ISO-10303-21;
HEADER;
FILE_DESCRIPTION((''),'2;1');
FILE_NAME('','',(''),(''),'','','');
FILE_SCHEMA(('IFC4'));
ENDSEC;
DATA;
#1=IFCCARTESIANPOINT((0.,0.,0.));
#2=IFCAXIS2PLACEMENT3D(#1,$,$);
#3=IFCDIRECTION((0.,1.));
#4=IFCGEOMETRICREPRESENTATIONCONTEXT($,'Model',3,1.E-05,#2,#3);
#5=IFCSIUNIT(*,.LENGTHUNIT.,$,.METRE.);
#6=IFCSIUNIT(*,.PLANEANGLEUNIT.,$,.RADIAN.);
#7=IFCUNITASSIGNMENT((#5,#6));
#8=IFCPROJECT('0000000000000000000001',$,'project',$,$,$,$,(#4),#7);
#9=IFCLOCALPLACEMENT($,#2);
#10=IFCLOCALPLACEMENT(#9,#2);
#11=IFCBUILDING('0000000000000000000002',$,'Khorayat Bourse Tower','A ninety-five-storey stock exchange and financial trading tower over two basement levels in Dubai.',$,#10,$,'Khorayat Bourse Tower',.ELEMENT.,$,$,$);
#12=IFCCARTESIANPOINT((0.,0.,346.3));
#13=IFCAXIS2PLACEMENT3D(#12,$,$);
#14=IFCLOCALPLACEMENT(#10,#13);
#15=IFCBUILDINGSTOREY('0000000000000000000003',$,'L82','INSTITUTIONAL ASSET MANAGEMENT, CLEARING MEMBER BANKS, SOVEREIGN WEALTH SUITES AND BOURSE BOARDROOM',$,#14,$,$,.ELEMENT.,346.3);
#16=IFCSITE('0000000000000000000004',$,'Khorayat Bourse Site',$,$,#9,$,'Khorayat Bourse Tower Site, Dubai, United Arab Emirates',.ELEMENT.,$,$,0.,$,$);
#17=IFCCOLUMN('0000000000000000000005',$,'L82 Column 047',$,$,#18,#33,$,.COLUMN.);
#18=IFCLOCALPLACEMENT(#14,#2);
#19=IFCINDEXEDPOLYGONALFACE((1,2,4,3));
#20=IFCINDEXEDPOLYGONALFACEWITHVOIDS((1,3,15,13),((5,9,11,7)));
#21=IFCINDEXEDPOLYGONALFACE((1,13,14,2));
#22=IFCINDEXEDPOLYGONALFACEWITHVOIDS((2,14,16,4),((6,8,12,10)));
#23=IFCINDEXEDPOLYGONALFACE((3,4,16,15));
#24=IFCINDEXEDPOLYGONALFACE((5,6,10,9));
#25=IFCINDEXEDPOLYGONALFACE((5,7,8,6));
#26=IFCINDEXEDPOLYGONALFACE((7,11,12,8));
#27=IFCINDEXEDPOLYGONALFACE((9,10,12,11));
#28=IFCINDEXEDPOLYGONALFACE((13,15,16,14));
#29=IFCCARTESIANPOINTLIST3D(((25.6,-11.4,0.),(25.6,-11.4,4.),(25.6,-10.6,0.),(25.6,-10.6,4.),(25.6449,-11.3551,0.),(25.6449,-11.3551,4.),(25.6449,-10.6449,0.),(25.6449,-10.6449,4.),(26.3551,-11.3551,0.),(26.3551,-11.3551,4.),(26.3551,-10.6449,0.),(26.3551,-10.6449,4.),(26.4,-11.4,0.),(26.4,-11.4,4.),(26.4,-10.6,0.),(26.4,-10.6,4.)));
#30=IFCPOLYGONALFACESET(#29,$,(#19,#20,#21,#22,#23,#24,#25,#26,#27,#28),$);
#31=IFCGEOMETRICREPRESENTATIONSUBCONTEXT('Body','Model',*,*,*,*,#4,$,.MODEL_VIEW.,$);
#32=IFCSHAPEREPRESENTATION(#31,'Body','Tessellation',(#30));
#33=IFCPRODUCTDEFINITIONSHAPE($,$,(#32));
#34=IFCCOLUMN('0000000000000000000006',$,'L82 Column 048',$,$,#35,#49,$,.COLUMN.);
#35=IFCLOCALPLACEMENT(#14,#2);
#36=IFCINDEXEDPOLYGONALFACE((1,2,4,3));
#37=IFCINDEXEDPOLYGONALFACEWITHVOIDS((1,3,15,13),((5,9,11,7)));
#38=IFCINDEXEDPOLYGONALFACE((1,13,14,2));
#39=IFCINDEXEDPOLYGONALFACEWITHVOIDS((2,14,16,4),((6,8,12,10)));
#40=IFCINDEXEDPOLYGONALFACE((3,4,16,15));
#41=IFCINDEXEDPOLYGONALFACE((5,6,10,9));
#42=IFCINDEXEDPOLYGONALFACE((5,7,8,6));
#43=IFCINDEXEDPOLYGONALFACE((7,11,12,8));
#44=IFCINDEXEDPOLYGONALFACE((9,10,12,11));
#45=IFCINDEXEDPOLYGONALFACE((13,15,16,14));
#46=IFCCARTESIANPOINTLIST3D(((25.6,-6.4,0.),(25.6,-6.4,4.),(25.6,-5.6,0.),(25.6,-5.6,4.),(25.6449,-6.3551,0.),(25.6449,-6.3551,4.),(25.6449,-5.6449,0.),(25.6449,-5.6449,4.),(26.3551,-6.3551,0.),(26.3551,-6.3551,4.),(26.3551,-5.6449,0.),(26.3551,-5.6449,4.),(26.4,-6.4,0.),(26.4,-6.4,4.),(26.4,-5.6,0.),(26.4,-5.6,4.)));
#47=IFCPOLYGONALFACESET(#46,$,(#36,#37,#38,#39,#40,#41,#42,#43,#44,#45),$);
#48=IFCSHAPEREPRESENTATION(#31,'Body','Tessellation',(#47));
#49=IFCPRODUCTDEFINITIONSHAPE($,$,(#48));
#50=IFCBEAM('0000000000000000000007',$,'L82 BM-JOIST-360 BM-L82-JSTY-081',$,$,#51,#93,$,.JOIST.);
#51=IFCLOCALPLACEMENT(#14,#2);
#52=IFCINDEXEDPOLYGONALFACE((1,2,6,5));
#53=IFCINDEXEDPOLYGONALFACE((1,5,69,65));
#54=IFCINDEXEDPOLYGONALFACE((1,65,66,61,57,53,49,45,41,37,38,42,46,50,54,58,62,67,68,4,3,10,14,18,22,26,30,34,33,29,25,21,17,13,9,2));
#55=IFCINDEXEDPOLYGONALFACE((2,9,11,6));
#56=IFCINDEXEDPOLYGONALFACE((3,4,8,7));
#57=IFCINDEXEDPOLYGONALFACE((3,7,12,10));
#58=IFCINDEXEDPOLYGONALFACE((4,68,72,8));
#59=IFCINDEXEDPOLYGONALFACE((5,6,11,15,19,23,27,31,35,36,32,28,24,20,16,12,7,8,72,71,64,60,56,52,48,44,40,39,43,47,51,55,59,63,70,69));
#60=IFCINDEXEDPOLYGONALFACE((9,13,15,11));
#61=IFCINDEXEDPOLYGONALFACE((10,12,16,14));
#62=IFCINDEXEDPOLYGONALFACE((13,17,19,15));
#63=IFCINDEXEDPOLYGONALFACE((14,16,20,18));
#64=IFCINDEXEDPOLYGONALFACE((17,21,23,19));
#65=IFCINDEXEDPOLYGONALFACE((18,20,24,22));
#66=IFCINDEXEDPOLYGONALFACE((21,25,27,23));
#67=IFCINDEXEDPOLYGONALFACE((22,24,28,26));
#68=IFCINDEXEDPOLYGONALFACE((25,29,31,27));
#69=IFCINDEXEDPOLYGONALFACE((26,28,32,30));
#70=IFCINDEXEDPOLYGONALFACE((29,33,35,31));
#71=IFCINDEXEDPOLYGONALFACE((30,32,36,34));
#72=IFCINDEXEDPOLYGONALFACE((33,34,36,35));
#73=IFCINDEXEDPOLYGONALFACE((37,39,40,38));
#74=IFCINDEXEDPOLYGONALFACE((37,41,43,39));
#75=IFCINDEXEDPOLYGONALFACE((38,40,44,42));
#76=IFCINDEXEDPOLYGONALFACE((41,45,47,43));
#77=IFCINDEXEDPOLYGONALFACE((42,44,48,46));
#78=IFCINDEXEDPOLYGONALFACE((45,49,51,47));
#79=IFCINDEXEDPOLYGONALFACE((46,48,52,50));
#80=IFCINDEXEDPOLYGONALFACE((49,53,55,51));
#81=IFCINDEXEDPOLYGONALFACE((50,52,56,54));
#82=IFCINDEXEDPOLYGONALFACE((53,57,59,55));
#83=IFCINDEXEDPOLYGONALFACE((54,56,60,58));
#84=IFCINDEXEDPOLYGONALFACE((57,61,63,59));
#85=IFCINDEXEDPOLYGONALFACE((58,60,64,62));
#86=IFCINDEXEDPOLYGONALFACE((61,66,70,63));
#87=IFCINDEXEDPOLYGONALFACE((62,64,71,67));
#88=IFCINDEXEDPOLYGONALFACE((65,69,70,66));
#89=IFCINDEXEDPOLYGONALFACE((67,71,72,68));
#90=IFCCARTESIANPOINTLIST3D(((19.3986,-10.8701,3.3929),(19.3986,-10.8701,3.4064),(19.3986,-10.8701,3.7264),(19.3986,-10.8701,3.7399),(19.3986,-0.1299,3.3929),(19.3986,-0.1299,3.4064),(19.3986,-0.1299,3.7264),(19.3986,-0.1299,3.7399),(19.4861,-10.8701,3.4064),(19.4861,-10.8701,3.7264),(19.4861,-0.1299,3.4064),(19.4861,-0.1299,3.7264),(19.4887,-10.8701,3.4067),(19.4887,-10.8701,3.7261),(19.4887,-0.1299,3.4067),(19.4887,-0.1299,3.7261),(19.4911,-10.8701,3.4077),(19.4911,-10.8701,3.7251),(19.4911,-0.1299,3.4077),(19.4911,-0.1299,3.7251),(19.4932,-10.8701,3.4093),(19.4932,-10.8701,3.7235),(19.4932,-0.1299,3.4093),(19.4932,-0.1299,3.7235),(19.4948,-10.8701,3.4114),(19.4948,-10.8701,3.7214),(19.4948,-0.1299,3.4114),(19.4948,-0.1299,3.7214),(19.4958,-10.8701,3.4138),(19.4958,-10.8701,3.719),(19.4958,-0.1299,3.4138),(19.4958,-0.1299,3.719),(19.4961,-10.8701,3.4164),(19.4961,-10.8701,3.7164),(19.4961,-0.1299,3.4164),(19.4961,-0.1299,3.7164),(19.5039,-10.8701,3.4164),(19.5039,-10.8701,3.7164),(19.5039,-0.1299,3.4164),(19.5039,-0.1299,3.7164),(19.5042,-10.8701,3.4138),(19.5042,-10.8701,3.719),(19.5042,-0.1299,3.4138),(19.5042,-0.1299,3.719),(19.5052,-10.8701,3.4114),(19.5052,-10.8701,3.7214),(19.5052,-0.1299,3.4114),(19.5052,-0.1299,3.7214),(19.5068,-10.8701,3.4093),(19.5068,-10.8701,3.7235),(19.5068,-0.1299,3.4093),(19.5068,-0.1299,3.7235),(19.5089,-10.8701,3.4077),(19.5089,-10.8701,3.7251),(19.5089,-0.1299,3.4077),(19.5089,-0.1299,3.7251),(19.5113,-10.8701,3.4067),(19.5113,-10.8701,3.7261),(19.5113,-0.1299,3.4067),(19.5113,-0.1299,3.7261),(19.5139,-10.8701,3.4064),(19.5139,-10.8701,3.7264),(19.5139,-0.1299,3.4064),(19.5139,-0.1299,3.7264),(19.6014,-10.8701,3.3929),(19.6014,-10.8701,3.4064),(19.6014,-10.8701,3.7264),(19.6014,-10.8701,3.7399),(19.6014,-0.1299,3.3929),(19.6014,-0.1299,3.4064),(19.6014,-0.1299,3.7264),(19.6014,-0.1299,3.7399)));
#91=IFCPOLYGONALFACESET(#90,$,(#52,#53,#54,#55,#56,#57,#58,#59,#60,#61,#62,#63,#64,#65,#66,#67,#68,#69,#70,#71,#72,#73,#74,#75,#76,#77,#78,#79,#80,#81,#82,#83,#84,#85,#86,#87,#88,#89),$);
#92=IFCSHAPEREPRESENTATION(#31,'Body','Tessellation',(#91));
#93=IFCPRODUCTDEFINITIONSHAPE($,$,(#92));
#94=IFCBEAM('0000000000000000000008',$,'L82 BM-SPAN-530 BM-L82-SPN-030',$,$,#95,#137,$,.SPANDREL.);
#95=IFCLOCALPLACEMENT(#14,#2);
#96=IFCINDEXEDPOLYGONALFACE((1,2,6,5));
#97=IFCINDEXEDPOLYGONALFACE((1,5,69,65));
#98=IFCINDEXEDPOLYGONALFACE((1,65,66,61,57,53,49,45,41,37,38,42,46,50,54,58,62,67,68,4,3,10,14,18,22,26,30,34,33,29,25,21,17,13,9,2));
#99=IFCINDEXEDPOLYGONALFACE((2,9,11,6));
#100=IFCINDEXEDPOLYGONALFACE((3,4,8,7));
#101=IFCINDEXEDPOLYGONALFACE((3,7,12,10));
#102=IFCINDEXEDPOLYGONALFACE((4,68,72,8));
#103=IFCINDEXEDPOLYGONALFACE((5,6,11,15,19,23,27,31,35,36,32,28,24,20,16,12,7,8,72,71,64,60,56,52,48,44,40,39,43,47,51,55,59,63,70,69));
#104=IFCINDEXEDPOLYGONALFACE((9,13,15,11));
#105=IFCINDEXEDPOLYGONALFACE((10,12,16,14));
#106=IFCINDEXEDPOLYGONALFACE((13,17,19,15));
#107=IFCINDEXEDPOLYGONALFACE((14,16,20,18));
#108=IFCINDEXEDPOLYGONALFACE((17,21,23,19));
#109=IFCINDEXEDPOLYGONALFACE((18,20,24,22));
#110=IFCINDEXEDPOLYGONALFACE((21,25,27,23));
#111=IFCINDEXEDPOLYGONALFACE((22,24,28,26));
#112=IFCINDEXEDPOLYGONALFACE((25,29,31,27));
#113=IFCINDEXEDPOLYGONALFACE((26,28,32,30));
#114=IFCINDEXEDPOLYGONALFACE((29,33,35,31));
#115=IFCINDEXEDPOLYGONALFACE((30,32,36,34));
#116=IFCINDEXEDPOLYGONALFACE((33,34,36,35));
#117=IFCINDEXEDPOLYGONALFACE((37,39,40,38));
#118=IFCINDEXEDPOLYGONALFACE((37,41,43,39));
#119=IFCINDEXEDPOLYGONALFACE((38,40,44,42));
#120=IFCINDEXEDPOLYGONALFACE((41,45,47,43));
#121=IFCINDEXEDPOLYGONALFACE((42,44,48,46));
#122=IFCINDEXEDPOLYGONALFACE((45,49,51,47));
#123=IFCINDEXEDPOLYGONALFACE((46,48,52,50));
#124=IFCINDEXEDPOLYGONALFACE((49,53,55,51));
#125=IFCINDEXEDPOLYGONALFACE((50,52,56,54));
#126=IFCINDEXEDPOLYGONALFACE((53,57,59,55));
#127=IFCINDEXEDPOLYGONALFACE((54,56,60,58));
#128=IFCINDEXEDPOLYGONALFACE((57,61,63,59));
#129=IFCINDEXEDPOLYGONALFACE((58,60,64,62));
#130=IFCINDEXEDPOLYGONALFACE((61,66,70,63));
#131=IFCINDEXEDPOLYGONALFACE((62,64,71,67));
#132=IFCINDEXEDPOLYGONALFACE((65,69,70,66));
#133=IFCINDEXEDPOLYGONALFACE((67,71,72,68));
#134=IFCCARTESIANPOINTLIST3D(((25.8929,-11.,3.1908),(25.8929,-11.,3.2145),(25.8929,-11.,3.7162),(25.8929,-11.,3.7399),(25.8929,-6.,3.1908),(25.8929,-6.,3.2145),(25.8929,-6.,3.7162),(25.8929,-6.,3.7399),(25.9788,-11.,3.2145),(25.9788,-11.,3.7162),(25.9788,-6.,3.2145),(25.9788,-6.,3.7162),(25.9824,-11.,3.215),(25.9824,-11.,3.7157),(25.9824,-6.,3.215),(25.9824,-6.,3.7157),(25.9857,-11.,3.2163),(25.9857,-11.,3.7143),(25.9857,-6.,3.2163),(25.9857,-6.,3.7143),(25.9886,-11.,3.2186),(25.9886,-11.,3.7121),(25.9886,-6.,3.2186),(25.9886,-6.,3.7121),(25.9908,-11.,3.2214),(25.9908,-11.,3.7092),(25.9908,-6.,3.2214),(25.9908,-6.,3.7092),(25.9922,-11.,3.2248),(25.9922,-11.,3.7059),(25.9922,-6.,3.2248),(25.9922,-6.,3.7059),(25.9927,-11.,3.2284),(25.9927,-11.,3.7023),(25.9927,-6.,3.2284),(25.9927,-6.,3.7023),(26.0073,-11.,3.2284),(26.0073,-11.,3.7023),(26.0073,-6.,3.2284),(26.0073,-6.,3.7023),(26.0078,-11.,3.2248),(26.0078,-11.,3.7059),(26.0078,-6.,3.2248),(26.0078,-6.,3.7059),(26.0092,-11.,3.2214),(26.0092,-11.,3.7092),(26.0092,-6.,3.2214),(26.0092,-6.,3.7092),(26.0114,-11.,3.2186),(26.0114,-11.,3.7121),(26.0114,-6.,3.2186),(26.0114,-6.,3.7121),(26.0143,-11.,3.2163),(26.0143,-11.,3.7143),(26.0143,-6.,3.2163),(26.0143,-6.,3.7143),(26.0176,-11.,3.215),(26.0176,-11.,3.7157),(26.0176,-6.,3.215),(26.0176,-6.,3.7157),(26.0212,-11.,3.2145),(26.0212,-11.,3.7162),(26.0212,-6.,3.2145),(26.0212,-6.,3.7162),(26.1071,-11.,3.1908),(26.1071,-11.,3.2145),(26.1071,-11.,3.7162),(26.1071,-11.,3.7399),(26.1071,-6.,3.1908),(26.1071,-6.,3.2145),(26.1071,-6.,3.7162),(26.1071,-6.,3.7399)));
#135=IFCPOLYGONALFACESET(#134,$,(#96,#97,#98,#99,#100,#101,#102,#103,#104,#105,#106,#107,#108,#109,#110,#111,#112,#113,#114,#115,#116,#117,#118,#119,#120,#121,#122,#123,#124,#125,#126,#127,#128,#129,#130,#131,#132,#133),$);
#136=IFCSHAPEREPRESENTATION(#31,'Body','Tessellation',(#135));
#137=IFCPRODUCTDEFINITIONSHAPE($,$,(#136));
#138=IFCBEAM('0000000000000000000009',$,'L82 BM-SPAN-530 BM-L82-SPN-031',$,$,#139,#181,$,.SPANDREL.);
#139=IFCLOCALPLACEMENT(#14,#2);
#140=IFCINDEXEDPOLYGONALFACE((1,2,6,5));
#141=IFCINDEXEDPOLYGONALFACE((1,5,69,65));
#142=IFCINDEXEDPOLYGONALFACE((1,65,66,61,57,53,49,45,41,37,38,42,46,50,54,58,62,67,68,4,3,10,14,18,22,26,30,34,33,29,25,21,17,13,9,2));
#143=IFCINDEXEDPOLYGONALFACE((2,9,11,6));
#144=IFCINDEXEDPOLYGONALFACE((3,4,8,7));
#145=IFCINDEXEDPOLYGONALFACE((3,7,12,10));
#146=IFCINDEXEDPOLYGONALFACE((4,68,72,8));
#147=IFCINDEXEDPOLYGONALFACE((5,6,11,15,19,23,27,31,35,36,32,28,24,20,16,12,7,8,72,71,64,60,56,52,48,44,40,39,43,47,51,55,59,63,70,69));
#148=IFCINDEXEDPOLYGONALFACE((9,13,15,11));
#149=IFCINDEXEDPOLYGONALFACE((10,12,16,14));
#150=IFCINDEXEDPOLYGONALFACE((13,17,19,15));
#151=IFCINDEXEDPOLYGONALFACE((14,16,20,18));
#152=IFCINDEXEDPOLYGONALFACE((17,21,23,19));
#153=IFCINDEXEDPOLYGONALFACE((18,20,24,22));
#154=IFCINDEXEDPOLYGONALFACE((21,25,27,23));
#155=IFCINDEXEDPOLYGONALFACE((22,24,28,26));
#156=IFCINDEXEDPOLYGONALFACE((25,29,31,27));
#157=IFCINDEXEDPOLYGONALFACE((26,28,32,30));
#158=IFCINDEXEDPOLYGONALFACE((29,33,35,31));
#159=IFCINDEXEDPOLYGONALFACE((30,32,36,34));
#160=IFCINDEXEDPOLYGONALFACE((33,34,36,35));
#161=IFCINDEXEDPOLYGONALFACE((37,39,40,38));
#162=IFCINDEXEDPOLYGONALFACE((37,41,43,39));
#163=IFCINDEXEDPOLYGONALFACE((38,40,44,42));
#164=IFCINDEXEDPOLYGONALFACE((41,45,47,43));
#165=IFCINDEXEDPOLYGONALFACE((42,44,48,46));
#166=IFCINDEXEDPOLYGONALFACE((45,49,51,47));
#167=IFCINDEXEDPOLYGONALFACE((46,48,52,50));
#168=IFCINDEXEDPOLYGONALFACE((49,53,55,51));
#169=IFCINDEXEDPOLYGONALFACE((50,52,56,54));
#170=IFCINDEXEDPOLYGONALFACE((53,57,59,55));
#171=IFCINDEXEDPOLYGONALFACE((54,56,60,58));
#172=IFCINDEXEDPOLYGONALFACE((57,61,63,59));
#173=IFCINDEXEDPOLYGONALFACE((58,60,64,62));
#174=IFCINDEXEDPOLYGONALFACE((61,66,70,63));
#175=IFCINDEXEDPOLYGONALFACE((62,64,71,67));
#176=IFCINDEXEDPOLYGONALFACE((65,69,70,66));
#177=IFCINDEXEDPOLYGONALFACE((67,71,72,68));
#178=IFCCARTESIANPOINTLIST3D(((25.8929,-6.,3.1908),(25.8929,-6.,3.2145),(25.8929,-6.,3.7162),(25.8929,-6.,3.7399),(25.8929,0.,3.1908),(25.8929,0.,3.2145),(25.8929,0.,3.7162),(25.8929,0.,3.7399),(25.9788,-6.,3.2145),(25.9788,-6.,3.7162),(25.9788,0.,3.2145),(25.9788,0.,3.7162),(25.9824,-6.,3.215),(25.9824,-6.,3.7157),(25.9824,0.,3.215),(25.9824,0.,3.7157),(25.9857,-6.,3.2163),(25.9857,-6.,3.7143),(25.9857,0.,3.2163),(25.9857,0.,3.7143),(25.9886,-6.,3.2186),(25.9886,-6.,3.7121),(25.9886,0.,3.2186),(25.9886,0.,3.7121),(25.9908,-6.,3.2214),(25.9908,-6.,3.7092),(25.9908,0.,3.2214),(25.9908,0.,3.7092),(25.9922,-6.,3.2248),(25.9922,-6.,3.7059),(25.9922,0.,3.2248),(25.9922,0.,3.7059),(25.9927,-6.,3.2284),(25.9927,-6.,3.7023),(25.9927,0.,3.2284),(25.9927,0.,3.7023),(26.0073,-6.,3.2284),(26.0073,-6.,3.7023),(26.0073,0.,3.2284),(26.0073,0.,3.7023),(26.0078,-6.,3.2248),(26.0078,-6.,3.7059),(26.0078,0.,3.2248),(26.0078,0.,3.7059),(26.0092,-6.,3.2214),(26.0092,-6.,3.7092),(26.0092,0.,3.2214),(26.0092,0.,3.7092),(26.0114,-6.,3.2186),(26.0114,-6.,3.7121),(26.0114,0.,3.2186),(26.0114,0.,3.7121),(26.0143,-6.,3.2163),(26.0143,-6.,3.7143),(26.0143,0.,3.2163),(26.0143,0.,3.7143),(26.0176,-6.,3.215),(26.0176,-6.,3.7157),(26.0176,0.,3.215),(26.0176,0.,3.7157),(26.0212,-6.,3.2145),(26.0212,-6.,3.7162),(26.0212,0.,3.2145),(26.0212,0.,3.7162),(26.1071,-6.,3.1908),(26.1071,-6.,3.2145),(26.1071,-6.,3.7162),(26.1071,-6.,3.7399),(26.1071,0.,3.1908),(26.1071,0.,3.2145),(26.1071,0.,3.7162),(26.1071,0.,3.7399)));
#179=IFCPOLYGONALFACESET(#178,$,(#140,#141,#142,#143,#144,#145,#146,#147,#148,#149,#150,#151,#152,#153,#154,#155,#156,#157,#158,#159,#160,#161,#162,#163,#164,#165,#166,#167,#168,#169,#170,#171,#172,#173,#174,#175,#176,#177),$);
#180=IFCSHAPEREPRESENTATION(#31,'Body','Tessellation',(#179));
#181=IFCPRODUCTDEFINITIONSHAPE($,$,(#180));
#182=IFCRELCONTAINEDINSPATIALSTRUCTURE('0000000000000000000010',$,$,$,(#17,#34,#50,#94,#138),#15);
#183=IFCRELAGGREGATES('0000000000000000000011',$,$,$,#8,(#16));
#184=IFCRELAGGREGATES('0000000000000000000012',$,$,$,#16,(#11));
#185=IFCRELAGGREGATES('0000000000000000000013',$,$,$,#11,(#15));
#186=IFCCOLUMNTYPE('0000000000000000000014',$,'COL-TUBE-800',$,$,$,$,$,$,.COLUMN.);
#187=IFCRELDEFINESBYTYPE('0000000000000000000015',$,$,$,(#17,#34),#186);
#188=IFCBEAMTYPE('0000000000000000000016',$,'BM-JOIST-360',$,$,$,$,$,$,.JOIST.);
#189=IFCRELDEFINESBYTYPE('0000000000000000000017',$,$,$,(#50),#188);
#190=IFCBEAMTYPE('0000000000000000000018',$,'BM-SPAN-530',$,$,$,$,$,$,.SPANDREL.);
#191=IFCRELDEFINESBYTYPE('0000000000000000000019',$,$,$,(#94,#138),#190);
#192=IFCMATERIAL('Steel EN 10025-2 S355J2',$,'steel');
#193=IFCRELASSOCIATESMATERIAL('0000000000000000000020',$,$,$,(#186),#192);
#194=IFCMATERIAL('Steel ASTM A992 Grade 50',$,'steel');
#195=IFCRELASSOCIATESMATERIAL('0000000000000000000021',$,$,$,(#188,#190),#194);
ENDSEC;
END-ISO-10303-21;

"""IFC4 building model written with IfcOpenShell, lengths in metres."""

from ifc_helpers import new_model, si_unit, direction, frame, origin, origin_2d, place, context, subcontext, project, spatial, hollow_rectangle, i_section, extrude, source, transform, mapped, material, material_profile, profile_set, type_object, element, save


model = new_model("IFC4")

# Units and contexts
model_context = context("Model", 3, precision=1e-05, world=origin(), true_north=direction((0.0, 1.0)))
body_context = subcontext(model_context, "Body", "Model", "MODEL_VIEW")
ifc_project = project(units=[si_unit("LENGTHUNIT", "METRE"), si_unit("PLANEANGLEUNIT", "RADIAN")], contexts=[model_context])

# Site, building, storey
site_placement = place(None, origin())
site = spatial("IfcSite", under=ifc_project, at=site_placement, Name="Khorayat Bourse Site", LongName="Khorayat Bourse Tower Site, Dubai, United Arab Emirates", CompositionType="ELEMENT", RefElevation=0.0)
building_placement = place(site_placement, origin())
building = spatial("IfcBuilding", under=site, at=building_placement, Name="Khorayat Bourse Tower", Description="A ninety-five-storey stock exchange and financial trading tower over two basement levels in Dubai.", LongName="Khorayat Bourse Tower", CompositionType="ELEMENT")
storey_placement = place(building_placement, frame((0.0, 0.0, 346.3)))
storey = spatial("IfcBuildingStorey", under=building, at=storey_placement, Name="L82", Description="INSTITUTIONAL ASSET MANAGEMENT, CLEARING MEMBER BANKS, SOVEREIGN WEALTH SUITES AND BOURSE BOARDROOM", CompositionType="ELEMENT", Elevation=346.3)

# Columns
ifc_material_1 = material(Name="Steel EN 10025-2 S355J2", Category="steel")
ifc_material_profile_1 = material_profile(ifc_material_1, hollow_rectangle(XDim=0.8, YDim=0.8, WallThickness=0.0449, at=origin_2d()), Name="BOX 800x800x45")
ifc_profile_set_1 = profile_set([ifc_material_profile_1], Name="Steel EN 10025-2 S355J2")
column_type = type_object("IfcColumnType", Name="COL-TUBE-800", PredefinedType="COLUMN", material=ifc_profile_set_1)
shared_shape_1 = source(origin(), body_context, "Body", "SweptSolid", [
    extrude(hollow_rectangle(XDim=0.8, YDim=0.8, WallThickness=0.0449, at=origin_2d()), origin(), (0.0, 0.0, 1.0), 4.0),
])
for number, where, z_axis, x_axis, name in (
    (1, (26.0, -11.0, 0.0), (0.0, 0.0, 1.0), (1.0, 0.0, 0.0), "L82 Column 047"),
    (2, (26.0, -6.0, 0.0), (0.0, 0.0, 1.0), (1.0, 0.0, 0.0), "L82 Column 048"),
):
    element("IfcColumn", number, at=place(storey_placement, frame(where, z_axis=z_axis, x_axis=x_axis)), inside=storey, type_object=column_type, Name=name, PredefinedType="COLUMN", context=body_context, shape_type="MappedRepresentation", body=[
        mapped(shared_shape_1, transform((0.0, 0.0, 0.0), scale=1.0)),
    ])

# Beams
ifc_material_2 = material(Name="Steel ASTM A992 Grade 50", Category="steel")
ifc_material_profile_2 = material_profile(ifc_material_2, i_section(OverallWidth=0.2029, OverallDepth=0.3469, WebThickness=0.0078, FlangeThickness=0.0134, FilletRadius=0.01, at=origin_2d()), Name="W360X64")
ifc_profile_set_2 = profile_set([ifc_material_profile_2], Name="Steel ASTM A992 Grade 50")
beam_type_1 = type_object("IfcBeamType", Name="BM-JOIST-360", PredefinedType="JOIST", material=ifc_profile_set_2)
shared_shape_2 = source(origin(), body_context, "Body", "SweptSolid", [
    extrude(i_section(OverallWidth=0.2029, OverallDepth=0.3469, WebThickness=0.0078, FlangeThickness=0.0134, FilletRadius=0.01, at=origin_2d()), origin(), (0.0, 0.0, 1.0), 10.7402),
])
beam_1_placement = place(storey_placement, frame((19.5, -10.8701, 3.5664), z_axis=(0.0, 1.0, 0.0), x_axis=(-1.0, 0.0, 0.0)))
element("IfcBeam", 3, at=beam_1_placement, inside=storey, type_object=beam_type_1, Name="L82 BM-JOIST-360 BM-L82-JSTY-081", PredefinedType="JOIST", context=body_context, shape_type="MappedRepresentation", body=[
    mapped(shared_shape_2, transform((0.0, 0.0, 0.0), scale=1.0)),
])
ifc_material_profile_3 = material_profile(ifc_material_2, i_section(OverallWidth=0.2141, OverallDepth=0.5491, WebThickness=0.0146, FlangeThickness=0.0237, FilletRadius=0.0139, at=origin_2d()), Name="W530X138")
ifc_profile_set_3 = profile_set([ifc_material_profile_3], Name="Steel ASTM A992 Grade 50")
beam_type_2 = type_object("IfcBeamType", Name="BM-SPAN-530", PredefinedType="SPANDREL", material=ifc_profile_set_3)
shared_shape_3 = source(origin(), body_context, "Body", "SweptSolid", [
    extrude(i_section(OverallWidth=0.2141, OverallDepth=0.5491, WebThickness=0.0146, FlangeThickness=0.0237, FilletRadius=0.0139, at=origin_2d()), origin(), (0.0, 0.0, 1.0), 5.0),
])
beam_2_placement = place(storey_placement, frame((26.0, -11.0, 3.4653), z_axis=(0.0, 1.0, 0.0), x_axis=(-1.0, 0.0, 0.0)))
element("IfcBeam", 4, at=beam_2_placement, inside=storey, type_object=beam_type_2, Name="L82 BM-SPAN-530 BM-L82-SPN-030", PredefinedType="SPANDREL", context=body_context, shape_type="MappedRepresentation", body=[
    mapped(shared_shape_3, transform((0.0, 0.0, 0.0), scale=1.0)),
])
shared_shape_4 = source(origin(), body_context, "Body", "SweptSolid", [
    extrude(i_section(OverallWidth=0.2141, OverallDepth=0.5491, WebThickness=0.0146, FlangeThickness=0.0237, FilletRadius=0.0139, at=origin_2d()), origin(), (0.0, 0.0, 1.0), 6.0),
])
beam_3_placement = place(storey_placement, frame((26.0, -6.0, 3.4653), z_axis=(0.0, 1.0, 0.0), x_axis=(-1.0, 0.0, 0.0)))
element("IfcBeam", 5, at=beam_3_placement, inside=storey, type_object=beam_type_2, Name="L82 BM-SPAN-530 BM-L82-SPN-031", PredefinedType="SPANDREL", context=body_context, shape_type="MappedRepresentation", body=[
    mapped(shared_shape_4, transform((0.0, 0.0, 0.0), scale=1.0)),
])

save(model, "model.ifc")
